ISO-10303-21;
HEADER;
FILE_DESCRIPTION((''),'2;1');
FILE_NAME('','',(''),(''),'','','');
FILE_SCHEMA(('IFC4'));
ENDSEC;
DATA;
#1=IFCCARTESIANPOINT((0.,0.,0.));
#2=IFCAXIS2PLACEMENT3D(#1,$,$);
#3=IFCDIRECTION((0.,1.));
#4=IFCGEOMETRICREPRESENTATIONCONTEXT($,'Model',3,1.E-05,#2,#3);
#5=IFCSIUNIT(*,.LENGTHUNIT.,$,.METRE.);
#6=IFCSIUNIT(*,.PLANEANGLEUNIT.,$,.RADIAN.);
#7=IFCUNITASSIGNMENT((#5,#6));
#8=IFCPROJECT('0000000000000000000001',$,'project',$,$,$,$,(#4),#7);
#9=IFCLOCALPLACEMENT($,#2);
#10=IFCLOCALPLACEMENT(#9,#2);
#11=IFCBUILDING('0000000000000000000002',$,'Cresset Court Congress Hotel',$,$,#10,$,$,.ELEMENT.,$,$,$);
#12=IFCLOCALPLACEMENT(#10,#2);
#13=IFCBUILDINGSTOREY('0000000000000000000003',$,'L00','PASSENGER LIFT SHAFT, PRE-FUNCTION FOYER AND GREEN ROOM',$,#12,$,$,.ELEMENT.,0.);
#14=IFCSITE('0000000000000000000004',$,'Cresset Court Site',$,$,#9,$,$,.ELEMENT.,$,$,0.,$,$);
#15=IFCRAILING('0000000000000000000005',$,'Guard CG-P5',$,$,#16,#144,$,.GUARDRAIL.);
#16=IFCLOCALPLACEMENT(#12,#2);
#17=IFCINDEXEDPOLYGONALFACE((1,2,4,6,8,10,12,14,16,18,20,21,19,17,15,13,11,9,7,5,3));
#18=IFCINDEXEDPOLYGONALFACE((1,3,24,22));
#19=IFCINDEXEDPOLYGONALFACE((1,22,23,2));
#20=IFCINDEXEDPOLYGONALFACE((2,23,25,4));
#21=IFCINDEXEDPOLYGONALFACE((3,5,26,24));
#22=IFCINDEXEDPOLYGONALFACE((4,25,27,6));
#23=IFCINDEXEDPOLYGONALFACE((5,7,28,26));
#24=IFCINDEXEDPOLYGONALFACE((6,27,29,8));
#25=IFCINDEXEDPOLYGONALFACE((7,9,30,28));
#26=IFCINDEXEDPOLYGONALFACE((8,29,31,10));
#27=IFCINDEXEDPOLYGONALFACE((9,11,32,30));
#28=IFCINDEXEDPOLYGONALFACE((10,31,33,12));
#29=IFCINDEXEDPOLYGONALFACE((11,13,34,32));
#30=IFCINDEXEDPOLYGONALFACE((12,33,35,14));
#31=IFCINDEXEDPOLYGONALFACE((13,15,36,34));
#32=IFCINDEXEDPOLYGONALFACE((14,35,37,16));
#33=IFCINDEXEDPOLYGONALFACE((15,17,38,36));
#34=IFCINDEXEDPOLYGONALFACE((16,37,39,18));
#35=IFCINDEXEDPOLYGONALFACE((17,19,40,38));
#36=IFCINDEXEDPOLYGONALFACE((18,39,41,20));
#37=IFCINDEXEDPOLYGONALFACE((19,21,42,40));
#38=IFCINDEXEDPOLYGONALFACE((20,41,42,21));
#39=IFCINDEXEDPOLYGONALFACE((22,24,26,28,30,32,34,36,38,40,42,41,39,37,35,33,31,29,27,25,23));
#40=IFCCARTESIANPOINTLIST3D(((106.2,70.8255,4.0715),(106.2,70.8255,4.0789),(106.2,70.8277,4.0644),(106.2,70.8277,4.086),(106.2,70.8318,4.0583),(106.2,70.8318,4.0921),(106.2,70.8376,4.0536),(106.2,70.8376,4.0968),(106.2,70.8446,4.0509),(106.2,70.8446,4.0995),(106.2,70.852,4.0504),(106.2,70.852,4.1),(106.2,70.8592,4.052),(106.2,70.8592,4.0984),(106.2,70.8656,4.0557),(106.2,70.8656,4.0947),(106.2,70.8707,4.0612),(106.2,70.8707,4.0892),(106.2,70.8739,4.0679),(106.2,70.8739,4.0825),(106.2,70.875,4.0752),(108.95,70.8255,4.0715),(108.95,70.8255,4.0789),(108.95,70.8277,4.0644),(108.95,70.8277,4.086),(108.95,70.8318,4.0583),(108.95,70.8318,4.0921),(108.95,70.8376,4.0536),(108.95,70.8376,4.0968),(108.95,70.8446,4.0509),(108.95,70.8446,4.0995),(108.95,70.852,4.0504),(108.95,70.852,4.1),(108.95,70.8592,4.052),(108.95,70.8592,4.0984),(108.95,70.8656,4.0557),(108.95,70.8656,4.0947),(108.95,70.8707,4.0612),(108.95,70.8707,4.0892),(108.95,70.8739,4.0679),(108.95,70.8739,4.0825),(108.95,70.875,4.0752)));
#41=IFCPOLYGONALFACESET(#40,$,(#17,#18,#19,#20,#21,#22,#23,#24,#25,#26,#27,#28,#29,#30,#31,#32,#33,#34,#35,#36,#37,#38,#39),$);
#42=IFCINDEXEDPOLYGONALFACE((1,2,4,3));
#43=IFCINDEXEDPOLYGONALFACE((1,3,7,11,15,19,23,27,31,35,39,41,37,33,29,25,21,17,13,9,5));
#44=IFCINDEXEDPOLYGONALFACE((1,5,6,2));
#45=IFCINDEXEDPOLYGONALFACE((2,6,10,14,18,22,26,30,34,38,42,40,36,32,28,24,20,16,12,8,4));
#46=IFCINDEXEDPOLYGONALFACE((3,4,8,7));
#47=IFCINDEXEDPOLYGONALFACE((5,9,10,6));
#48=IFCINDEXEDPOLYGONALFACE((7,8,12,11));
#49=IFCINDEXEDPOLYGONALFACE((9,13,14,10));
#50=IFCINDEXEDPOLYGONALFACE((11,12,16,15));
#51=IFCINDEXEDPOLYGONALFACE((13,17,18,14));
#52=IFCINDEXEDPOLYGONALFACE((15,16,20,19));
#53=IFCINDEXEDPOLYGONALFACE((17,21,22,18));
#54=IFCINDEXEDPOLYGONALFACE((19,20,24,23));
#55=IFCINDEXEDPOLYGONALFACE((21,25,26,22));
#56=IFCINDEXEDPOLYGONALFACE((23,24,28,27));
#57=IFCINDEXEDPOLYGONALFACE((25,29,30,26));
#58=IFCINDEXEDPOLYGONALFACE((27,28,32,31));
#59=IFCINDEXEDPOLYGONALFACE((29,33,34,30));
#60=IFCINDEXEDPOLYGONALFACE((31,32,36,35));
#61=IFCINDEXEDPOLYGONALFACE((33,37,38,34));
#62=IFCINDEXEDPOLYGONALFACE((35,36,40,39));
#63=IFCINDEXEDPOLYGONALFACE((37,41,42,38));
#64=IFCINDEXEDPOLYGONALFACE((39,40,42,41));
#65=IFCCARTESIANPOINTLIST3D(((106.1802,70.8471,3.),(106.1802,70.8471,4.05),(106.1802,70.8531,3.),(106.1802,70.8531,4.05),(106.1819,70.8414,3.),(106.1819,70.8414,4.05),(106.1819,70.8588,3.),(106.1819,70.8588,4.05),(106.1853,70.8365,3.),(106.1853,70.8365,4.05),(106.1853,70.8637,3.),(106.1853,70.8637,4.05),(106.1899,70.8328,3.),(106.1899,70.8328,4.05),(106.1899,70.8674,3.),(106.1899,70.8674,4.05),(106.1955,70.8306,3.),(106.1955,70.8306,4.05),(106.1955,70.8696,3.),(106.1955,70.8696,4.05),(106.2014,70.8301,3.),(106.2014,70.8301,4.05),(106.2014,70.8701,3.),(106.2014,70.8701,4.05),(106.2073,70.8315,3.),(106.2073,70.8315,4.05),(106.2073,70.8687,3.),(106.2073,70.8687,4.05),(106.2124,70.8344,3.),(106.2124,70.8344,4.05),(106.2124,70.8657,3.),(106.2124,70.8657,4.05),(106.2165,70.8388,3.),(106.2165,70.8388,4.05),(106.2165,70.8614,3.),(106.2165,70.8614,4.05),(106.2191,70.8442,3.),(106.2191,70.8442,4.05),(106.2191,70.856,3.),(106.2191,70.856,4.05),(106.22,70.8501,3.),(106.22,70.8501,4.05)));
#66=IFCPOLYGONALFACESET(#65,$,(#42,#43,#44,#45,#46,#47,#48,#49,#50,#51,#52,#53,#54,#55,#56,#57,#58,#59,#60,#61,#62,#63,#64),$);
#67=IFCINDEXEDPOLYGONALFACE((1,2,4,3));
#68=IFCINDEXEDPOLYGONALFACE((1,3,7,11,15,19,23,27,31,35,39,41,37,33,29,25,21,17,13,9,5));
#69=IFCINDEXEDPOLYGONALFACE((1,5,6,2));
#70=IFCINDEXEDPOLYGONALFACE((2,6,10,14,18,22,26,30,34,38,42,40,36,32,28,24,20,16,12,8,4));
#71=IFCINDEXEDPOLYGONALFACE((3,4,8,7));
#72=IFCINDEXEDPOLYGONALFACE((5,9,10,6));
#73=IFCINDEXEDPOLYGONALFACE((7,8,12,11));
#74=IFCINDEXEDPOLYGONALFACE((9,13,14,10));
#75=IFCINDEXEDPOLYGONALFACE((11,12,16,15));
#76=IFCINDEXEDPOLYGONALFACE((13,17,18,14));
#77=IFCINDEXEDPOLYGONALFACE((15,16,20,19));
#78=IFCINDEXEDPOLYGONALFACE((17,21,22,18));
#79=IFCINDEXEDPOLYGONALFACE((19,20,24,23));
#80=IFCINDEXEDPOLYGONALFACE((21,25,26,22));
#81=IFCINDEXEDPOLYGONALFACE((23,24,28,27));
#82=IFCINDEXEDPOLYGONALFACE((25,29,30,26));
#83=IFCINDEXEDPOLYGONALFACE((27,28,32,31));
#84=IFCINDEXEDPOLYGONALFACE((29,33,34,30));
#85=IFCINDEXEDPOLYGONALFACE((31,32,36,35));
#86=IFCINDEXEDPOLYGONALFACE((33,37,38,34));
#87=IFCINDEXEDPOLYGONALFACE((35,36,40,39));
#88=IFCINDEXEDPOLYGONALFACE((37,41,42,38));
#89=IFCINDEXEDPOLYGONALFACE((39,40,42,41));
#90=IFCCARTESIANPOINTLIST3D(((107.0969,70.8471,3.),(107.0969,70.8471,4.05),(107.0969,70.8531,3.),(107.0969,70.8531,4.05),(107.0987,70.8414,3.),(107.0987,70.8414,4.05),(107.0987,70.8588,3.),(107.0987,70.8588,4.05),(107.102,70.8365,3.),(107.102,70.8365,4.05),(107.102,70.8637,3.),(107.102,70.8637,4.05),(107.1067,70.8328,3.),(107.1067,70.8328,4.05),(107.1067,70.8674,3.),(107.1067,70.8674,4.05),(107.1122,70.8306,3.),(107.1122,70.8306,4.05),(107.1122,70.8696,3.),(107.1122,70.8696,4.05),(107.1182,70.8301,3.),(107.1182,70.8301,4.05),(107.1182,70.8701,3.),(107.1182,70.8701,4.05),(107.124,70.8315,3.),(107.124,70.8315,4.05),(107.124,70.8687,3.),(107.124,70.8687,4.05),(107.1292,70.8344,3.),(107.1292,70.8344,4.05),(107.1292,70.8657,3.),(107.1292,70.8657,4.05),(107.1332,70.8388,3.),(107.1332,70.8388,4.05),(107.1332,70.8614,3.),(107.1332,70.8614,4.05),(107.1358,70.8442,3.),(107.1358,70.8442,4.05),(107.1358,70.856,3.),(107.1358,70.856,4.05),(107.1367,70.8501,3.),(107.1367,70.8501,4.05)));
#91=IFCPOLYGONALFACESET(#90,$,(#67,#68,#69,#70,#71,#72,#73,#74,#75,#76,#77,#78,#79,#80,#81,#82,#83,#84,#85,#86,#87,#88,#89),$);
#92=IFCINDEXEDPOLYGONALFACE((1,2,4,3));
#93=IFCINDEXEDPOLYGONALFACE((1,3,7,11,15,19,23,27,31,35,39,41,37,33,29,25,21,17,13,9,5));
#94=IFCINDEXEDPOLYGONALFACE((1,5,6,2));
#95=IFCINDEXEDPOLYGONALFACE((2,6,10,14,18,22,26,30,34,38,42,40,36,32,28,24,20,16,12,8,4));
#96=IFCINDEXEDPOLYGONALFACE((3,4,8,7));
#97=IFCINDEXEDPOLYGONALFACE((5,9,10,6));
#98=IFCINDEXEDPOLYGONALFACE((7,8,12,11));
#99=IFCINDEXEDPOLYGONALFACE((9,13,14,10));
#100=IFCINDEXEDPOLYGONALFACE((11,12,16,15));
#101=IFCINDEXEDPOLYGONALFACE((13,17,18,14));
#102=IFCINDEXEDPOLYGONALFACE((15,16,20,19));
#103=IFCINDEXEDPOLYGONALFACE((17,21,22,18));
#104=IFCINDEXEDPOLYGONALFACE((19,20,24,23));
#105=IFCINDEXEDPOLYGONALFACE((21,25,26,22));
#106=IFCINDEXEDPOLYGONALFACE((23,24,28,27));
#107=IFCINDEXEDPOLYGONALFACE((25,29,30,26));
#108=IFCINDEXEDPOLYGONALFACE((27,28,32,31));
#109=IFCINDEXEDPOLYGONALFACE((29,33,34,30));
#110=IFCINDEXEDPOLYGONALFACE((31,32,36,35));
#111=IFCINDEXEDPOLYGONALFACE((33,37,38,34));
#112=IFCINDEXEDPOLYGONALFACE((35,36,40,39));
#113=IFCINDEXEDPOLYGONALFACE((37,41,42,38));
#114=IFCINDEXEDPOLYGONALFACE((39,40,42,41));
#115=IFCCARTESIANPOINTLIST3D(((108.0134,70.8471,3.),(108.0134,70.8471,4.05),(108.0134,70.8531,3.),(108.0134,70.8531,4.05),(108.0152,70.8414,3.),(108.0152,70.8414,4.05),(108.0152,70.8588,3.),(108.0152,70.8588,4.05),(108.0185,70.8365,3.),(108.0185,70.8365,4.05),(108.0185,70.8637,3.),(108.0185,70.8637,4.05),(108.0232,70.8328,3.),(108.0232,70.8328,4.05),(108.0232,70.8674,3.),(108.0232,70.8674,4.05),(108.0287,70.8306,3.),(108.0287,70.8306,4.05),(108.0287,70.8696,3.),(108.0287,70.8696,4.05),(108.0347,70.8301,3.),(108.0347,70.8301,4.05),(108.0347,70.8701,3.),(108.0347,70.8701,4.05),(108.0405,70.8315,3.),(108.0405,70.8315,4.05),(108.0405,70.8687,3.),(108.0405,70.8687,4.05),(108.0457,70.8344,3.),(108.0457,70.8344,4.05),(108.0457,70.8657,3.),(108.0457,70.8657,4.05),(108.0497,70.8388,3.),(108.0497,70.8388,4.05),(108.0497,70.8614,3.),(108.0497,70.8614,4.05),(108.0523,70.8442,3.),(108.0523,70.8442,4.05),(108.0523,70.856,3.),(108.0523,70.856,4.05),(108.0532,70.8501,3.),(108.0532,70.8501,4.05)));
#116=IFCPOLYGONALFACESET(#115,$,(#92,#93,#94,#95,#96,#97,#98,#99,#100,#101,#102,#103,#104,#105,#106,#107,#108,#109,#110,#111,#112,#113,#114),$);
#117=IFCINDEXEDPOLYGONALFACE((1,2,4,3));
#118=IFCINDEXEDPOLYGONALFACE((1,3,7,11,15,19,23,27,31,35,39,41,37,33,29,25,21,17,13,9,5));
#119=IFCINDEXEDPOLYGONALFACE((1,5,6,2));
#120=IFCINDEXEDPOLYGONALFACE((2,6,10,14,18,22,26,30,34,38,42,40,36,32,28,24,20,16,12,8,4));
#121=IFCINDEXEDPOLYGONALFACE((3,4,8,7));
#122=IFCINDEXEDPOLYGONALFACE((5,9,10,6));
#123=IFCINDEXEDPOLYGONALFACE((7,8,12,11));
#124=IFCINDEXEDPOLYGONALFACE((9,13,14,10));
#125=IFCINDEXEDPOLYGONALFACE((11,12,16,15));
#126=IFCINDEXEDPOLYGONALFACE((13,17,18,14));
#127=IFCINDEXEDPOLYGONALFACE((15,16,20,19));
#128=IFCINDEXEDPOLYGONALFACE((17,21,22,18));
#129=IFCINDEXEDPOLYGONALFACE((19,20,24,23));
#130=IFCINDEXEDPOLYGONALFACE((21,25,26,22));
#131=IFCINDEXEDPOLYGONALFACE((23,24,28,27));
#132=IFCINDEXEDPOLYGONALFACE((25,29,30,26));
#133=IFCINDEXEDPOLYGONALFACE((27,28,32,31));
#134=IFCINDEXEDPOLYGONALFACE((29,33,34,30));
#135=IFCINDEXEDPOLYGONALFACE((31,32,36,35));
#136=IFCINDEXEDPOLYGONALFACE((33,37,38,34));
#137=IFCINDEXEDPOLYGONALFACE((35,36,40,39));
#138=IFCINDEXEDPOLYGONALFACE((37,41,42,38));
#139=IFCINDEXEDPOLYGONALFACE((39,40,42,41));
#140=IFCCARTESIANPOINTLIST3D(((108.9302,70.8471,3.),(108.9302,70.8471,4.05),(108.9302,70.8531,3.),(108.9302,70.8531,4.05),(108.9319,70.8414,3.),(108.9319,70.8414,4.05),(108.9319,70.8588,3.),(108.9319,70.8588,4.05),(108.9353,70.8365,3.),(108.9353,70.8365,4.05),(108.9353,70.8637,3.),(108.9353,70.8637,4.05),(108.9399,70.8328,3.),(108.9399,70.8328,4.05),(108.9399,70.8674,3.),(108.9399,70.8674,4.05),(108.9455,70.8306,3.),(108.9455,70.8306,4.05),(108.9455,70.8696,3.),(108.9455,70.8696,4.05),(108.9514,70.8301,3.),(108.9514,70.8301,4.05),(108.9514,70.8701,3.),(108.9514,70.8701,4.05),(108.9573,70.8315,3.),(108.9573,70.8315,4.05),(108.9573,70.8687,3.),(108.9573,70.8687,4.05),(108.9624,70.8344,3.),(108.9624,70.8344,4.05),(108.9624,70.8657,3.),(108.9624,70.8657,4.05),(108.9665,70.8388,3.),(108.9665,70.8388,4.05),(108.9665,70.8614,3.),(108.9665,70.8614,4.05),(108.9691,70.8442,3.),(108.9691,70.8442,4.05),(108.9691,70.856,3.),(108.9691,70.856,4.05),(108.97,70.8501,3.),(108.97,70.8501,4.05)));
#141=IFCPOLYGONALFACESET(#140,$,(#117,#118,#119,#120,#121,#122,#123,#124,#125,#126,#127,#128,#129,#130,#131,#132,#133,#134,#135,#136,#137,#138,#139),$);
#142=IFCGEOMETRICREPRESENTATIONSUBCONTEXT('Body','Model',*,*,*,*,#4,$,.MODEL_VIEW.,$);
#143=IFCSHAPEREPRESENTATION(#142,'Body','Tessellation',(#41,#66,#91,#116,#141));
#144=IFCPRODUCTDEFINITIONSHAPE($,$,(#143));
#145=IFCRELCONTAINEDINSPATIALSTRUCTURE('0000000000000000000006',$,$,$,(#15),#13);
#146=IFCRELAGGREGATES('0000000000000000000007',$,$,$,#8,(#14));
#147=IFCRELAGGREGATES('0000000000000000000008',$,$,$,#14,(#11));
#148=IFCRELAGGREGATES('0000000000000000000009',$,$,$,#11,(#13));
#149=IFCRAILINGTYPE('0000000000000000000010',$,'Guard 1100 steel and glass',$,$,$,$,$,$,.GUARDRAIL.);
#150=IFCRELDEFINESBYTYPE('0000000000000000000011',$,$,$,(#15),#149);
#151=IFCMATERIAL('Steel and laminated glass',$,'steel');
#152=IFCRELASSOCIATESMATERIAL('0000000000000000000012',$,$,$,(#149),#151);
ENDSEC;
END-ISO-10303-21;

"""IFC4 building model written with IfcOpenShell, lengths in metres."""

from ifc_helpers import new_model, si_unit, direction, frame, origin, origin_2d, place, context, subcontext, project, spatial, circle, extrude, material, type_object, element, save


model = new_model("IFC4")

# Units and contexts
model_context = context("Model", 3, precision=1e-05, world=origin(), true_north=direction((0.0, 1.0)))
body_context = subcontext(model_context, "Body", "Model", "MODEL_VIEW")
ifc_project = project(units=[si_unit("LENGTHUNIT", "METRE"), si_unit("PLANEANGLEUNIT", "RADIAN")], contexts=[model_context])

# Site, building, storey
site_placement = place(None, origin())
site = spatial("IfcSite", under=ifc_project, at=site_placement, Name="Cresset Court Site", CompositionType="ELEMENT", RefElevation=0.0)
building_placement = place(site_placement, origin())
building = spatial("IfcBuilding", under=site, at=building_placement, Name="Cresset Court Congress Hotel", CompositionType="ELEMENT")
storey_placement = place(building_placement, origin())
storey = spatial("IfcBuildingStorey", under=building, at=storey_placement, Name="L00", Description="PASSENGER LIFT SHAFT, PRE-FUNCTION FOYER AND GREEN ROOM", CompositionType="ELEMENT", Elevation=0.0)

# Railing
ifc_material_1 = material(Name="Steel and laminated glass", Category="steel")
railing_type_1 = type_object("IfcRailingType", Name="Guard 1100 steel and glass", PredefinedType="GUARDRAIL", material=ifc_material_1)
railing_1_placement = place(storey_placement, frame((106.2, 70.8501, 3.0)))
element("IfcRailing", 1, at=railing_1_placement, inside=storey, type_object=railing_type_1, Name="Guard CG-P5", PredefinedType="GUARDRAIL", context=body_context, shape_type="SweptSolid", body=[
    extrude(circle(Radius=0.0249, at=origin_2d()), frame((0.0, 0.0, 1.0752), z_axis=(1.0, 0.0, 0.0), x_axis=(0.0, 1.0, 0.0)), (0.0, 0.0, 1.0), 2.75),
    extrude(circle(Radius=0.02, at=origin_2d()), origin(), (0.0, 0.0, 1.0), 1.05),
    extrude(circle(Radius=0.02, at=origin_2d()), frame((0.9167, 0.0, 0.0)), (0.0, 0.0, 1.0), 1.05),
    extrude(circle(Radius=0.02, at=origin_2d()), frame((1.8333, 0.0, 0.0)), (0.0, 0.0, 1.0), 1.05),
    extrude(circle(Radius=0.02, at=origin_2d()), frame((2.75, 0.0, 0.0)), (0.0, 0.0, 1.0), 1.05),
])

save(model, "model.ifc")
